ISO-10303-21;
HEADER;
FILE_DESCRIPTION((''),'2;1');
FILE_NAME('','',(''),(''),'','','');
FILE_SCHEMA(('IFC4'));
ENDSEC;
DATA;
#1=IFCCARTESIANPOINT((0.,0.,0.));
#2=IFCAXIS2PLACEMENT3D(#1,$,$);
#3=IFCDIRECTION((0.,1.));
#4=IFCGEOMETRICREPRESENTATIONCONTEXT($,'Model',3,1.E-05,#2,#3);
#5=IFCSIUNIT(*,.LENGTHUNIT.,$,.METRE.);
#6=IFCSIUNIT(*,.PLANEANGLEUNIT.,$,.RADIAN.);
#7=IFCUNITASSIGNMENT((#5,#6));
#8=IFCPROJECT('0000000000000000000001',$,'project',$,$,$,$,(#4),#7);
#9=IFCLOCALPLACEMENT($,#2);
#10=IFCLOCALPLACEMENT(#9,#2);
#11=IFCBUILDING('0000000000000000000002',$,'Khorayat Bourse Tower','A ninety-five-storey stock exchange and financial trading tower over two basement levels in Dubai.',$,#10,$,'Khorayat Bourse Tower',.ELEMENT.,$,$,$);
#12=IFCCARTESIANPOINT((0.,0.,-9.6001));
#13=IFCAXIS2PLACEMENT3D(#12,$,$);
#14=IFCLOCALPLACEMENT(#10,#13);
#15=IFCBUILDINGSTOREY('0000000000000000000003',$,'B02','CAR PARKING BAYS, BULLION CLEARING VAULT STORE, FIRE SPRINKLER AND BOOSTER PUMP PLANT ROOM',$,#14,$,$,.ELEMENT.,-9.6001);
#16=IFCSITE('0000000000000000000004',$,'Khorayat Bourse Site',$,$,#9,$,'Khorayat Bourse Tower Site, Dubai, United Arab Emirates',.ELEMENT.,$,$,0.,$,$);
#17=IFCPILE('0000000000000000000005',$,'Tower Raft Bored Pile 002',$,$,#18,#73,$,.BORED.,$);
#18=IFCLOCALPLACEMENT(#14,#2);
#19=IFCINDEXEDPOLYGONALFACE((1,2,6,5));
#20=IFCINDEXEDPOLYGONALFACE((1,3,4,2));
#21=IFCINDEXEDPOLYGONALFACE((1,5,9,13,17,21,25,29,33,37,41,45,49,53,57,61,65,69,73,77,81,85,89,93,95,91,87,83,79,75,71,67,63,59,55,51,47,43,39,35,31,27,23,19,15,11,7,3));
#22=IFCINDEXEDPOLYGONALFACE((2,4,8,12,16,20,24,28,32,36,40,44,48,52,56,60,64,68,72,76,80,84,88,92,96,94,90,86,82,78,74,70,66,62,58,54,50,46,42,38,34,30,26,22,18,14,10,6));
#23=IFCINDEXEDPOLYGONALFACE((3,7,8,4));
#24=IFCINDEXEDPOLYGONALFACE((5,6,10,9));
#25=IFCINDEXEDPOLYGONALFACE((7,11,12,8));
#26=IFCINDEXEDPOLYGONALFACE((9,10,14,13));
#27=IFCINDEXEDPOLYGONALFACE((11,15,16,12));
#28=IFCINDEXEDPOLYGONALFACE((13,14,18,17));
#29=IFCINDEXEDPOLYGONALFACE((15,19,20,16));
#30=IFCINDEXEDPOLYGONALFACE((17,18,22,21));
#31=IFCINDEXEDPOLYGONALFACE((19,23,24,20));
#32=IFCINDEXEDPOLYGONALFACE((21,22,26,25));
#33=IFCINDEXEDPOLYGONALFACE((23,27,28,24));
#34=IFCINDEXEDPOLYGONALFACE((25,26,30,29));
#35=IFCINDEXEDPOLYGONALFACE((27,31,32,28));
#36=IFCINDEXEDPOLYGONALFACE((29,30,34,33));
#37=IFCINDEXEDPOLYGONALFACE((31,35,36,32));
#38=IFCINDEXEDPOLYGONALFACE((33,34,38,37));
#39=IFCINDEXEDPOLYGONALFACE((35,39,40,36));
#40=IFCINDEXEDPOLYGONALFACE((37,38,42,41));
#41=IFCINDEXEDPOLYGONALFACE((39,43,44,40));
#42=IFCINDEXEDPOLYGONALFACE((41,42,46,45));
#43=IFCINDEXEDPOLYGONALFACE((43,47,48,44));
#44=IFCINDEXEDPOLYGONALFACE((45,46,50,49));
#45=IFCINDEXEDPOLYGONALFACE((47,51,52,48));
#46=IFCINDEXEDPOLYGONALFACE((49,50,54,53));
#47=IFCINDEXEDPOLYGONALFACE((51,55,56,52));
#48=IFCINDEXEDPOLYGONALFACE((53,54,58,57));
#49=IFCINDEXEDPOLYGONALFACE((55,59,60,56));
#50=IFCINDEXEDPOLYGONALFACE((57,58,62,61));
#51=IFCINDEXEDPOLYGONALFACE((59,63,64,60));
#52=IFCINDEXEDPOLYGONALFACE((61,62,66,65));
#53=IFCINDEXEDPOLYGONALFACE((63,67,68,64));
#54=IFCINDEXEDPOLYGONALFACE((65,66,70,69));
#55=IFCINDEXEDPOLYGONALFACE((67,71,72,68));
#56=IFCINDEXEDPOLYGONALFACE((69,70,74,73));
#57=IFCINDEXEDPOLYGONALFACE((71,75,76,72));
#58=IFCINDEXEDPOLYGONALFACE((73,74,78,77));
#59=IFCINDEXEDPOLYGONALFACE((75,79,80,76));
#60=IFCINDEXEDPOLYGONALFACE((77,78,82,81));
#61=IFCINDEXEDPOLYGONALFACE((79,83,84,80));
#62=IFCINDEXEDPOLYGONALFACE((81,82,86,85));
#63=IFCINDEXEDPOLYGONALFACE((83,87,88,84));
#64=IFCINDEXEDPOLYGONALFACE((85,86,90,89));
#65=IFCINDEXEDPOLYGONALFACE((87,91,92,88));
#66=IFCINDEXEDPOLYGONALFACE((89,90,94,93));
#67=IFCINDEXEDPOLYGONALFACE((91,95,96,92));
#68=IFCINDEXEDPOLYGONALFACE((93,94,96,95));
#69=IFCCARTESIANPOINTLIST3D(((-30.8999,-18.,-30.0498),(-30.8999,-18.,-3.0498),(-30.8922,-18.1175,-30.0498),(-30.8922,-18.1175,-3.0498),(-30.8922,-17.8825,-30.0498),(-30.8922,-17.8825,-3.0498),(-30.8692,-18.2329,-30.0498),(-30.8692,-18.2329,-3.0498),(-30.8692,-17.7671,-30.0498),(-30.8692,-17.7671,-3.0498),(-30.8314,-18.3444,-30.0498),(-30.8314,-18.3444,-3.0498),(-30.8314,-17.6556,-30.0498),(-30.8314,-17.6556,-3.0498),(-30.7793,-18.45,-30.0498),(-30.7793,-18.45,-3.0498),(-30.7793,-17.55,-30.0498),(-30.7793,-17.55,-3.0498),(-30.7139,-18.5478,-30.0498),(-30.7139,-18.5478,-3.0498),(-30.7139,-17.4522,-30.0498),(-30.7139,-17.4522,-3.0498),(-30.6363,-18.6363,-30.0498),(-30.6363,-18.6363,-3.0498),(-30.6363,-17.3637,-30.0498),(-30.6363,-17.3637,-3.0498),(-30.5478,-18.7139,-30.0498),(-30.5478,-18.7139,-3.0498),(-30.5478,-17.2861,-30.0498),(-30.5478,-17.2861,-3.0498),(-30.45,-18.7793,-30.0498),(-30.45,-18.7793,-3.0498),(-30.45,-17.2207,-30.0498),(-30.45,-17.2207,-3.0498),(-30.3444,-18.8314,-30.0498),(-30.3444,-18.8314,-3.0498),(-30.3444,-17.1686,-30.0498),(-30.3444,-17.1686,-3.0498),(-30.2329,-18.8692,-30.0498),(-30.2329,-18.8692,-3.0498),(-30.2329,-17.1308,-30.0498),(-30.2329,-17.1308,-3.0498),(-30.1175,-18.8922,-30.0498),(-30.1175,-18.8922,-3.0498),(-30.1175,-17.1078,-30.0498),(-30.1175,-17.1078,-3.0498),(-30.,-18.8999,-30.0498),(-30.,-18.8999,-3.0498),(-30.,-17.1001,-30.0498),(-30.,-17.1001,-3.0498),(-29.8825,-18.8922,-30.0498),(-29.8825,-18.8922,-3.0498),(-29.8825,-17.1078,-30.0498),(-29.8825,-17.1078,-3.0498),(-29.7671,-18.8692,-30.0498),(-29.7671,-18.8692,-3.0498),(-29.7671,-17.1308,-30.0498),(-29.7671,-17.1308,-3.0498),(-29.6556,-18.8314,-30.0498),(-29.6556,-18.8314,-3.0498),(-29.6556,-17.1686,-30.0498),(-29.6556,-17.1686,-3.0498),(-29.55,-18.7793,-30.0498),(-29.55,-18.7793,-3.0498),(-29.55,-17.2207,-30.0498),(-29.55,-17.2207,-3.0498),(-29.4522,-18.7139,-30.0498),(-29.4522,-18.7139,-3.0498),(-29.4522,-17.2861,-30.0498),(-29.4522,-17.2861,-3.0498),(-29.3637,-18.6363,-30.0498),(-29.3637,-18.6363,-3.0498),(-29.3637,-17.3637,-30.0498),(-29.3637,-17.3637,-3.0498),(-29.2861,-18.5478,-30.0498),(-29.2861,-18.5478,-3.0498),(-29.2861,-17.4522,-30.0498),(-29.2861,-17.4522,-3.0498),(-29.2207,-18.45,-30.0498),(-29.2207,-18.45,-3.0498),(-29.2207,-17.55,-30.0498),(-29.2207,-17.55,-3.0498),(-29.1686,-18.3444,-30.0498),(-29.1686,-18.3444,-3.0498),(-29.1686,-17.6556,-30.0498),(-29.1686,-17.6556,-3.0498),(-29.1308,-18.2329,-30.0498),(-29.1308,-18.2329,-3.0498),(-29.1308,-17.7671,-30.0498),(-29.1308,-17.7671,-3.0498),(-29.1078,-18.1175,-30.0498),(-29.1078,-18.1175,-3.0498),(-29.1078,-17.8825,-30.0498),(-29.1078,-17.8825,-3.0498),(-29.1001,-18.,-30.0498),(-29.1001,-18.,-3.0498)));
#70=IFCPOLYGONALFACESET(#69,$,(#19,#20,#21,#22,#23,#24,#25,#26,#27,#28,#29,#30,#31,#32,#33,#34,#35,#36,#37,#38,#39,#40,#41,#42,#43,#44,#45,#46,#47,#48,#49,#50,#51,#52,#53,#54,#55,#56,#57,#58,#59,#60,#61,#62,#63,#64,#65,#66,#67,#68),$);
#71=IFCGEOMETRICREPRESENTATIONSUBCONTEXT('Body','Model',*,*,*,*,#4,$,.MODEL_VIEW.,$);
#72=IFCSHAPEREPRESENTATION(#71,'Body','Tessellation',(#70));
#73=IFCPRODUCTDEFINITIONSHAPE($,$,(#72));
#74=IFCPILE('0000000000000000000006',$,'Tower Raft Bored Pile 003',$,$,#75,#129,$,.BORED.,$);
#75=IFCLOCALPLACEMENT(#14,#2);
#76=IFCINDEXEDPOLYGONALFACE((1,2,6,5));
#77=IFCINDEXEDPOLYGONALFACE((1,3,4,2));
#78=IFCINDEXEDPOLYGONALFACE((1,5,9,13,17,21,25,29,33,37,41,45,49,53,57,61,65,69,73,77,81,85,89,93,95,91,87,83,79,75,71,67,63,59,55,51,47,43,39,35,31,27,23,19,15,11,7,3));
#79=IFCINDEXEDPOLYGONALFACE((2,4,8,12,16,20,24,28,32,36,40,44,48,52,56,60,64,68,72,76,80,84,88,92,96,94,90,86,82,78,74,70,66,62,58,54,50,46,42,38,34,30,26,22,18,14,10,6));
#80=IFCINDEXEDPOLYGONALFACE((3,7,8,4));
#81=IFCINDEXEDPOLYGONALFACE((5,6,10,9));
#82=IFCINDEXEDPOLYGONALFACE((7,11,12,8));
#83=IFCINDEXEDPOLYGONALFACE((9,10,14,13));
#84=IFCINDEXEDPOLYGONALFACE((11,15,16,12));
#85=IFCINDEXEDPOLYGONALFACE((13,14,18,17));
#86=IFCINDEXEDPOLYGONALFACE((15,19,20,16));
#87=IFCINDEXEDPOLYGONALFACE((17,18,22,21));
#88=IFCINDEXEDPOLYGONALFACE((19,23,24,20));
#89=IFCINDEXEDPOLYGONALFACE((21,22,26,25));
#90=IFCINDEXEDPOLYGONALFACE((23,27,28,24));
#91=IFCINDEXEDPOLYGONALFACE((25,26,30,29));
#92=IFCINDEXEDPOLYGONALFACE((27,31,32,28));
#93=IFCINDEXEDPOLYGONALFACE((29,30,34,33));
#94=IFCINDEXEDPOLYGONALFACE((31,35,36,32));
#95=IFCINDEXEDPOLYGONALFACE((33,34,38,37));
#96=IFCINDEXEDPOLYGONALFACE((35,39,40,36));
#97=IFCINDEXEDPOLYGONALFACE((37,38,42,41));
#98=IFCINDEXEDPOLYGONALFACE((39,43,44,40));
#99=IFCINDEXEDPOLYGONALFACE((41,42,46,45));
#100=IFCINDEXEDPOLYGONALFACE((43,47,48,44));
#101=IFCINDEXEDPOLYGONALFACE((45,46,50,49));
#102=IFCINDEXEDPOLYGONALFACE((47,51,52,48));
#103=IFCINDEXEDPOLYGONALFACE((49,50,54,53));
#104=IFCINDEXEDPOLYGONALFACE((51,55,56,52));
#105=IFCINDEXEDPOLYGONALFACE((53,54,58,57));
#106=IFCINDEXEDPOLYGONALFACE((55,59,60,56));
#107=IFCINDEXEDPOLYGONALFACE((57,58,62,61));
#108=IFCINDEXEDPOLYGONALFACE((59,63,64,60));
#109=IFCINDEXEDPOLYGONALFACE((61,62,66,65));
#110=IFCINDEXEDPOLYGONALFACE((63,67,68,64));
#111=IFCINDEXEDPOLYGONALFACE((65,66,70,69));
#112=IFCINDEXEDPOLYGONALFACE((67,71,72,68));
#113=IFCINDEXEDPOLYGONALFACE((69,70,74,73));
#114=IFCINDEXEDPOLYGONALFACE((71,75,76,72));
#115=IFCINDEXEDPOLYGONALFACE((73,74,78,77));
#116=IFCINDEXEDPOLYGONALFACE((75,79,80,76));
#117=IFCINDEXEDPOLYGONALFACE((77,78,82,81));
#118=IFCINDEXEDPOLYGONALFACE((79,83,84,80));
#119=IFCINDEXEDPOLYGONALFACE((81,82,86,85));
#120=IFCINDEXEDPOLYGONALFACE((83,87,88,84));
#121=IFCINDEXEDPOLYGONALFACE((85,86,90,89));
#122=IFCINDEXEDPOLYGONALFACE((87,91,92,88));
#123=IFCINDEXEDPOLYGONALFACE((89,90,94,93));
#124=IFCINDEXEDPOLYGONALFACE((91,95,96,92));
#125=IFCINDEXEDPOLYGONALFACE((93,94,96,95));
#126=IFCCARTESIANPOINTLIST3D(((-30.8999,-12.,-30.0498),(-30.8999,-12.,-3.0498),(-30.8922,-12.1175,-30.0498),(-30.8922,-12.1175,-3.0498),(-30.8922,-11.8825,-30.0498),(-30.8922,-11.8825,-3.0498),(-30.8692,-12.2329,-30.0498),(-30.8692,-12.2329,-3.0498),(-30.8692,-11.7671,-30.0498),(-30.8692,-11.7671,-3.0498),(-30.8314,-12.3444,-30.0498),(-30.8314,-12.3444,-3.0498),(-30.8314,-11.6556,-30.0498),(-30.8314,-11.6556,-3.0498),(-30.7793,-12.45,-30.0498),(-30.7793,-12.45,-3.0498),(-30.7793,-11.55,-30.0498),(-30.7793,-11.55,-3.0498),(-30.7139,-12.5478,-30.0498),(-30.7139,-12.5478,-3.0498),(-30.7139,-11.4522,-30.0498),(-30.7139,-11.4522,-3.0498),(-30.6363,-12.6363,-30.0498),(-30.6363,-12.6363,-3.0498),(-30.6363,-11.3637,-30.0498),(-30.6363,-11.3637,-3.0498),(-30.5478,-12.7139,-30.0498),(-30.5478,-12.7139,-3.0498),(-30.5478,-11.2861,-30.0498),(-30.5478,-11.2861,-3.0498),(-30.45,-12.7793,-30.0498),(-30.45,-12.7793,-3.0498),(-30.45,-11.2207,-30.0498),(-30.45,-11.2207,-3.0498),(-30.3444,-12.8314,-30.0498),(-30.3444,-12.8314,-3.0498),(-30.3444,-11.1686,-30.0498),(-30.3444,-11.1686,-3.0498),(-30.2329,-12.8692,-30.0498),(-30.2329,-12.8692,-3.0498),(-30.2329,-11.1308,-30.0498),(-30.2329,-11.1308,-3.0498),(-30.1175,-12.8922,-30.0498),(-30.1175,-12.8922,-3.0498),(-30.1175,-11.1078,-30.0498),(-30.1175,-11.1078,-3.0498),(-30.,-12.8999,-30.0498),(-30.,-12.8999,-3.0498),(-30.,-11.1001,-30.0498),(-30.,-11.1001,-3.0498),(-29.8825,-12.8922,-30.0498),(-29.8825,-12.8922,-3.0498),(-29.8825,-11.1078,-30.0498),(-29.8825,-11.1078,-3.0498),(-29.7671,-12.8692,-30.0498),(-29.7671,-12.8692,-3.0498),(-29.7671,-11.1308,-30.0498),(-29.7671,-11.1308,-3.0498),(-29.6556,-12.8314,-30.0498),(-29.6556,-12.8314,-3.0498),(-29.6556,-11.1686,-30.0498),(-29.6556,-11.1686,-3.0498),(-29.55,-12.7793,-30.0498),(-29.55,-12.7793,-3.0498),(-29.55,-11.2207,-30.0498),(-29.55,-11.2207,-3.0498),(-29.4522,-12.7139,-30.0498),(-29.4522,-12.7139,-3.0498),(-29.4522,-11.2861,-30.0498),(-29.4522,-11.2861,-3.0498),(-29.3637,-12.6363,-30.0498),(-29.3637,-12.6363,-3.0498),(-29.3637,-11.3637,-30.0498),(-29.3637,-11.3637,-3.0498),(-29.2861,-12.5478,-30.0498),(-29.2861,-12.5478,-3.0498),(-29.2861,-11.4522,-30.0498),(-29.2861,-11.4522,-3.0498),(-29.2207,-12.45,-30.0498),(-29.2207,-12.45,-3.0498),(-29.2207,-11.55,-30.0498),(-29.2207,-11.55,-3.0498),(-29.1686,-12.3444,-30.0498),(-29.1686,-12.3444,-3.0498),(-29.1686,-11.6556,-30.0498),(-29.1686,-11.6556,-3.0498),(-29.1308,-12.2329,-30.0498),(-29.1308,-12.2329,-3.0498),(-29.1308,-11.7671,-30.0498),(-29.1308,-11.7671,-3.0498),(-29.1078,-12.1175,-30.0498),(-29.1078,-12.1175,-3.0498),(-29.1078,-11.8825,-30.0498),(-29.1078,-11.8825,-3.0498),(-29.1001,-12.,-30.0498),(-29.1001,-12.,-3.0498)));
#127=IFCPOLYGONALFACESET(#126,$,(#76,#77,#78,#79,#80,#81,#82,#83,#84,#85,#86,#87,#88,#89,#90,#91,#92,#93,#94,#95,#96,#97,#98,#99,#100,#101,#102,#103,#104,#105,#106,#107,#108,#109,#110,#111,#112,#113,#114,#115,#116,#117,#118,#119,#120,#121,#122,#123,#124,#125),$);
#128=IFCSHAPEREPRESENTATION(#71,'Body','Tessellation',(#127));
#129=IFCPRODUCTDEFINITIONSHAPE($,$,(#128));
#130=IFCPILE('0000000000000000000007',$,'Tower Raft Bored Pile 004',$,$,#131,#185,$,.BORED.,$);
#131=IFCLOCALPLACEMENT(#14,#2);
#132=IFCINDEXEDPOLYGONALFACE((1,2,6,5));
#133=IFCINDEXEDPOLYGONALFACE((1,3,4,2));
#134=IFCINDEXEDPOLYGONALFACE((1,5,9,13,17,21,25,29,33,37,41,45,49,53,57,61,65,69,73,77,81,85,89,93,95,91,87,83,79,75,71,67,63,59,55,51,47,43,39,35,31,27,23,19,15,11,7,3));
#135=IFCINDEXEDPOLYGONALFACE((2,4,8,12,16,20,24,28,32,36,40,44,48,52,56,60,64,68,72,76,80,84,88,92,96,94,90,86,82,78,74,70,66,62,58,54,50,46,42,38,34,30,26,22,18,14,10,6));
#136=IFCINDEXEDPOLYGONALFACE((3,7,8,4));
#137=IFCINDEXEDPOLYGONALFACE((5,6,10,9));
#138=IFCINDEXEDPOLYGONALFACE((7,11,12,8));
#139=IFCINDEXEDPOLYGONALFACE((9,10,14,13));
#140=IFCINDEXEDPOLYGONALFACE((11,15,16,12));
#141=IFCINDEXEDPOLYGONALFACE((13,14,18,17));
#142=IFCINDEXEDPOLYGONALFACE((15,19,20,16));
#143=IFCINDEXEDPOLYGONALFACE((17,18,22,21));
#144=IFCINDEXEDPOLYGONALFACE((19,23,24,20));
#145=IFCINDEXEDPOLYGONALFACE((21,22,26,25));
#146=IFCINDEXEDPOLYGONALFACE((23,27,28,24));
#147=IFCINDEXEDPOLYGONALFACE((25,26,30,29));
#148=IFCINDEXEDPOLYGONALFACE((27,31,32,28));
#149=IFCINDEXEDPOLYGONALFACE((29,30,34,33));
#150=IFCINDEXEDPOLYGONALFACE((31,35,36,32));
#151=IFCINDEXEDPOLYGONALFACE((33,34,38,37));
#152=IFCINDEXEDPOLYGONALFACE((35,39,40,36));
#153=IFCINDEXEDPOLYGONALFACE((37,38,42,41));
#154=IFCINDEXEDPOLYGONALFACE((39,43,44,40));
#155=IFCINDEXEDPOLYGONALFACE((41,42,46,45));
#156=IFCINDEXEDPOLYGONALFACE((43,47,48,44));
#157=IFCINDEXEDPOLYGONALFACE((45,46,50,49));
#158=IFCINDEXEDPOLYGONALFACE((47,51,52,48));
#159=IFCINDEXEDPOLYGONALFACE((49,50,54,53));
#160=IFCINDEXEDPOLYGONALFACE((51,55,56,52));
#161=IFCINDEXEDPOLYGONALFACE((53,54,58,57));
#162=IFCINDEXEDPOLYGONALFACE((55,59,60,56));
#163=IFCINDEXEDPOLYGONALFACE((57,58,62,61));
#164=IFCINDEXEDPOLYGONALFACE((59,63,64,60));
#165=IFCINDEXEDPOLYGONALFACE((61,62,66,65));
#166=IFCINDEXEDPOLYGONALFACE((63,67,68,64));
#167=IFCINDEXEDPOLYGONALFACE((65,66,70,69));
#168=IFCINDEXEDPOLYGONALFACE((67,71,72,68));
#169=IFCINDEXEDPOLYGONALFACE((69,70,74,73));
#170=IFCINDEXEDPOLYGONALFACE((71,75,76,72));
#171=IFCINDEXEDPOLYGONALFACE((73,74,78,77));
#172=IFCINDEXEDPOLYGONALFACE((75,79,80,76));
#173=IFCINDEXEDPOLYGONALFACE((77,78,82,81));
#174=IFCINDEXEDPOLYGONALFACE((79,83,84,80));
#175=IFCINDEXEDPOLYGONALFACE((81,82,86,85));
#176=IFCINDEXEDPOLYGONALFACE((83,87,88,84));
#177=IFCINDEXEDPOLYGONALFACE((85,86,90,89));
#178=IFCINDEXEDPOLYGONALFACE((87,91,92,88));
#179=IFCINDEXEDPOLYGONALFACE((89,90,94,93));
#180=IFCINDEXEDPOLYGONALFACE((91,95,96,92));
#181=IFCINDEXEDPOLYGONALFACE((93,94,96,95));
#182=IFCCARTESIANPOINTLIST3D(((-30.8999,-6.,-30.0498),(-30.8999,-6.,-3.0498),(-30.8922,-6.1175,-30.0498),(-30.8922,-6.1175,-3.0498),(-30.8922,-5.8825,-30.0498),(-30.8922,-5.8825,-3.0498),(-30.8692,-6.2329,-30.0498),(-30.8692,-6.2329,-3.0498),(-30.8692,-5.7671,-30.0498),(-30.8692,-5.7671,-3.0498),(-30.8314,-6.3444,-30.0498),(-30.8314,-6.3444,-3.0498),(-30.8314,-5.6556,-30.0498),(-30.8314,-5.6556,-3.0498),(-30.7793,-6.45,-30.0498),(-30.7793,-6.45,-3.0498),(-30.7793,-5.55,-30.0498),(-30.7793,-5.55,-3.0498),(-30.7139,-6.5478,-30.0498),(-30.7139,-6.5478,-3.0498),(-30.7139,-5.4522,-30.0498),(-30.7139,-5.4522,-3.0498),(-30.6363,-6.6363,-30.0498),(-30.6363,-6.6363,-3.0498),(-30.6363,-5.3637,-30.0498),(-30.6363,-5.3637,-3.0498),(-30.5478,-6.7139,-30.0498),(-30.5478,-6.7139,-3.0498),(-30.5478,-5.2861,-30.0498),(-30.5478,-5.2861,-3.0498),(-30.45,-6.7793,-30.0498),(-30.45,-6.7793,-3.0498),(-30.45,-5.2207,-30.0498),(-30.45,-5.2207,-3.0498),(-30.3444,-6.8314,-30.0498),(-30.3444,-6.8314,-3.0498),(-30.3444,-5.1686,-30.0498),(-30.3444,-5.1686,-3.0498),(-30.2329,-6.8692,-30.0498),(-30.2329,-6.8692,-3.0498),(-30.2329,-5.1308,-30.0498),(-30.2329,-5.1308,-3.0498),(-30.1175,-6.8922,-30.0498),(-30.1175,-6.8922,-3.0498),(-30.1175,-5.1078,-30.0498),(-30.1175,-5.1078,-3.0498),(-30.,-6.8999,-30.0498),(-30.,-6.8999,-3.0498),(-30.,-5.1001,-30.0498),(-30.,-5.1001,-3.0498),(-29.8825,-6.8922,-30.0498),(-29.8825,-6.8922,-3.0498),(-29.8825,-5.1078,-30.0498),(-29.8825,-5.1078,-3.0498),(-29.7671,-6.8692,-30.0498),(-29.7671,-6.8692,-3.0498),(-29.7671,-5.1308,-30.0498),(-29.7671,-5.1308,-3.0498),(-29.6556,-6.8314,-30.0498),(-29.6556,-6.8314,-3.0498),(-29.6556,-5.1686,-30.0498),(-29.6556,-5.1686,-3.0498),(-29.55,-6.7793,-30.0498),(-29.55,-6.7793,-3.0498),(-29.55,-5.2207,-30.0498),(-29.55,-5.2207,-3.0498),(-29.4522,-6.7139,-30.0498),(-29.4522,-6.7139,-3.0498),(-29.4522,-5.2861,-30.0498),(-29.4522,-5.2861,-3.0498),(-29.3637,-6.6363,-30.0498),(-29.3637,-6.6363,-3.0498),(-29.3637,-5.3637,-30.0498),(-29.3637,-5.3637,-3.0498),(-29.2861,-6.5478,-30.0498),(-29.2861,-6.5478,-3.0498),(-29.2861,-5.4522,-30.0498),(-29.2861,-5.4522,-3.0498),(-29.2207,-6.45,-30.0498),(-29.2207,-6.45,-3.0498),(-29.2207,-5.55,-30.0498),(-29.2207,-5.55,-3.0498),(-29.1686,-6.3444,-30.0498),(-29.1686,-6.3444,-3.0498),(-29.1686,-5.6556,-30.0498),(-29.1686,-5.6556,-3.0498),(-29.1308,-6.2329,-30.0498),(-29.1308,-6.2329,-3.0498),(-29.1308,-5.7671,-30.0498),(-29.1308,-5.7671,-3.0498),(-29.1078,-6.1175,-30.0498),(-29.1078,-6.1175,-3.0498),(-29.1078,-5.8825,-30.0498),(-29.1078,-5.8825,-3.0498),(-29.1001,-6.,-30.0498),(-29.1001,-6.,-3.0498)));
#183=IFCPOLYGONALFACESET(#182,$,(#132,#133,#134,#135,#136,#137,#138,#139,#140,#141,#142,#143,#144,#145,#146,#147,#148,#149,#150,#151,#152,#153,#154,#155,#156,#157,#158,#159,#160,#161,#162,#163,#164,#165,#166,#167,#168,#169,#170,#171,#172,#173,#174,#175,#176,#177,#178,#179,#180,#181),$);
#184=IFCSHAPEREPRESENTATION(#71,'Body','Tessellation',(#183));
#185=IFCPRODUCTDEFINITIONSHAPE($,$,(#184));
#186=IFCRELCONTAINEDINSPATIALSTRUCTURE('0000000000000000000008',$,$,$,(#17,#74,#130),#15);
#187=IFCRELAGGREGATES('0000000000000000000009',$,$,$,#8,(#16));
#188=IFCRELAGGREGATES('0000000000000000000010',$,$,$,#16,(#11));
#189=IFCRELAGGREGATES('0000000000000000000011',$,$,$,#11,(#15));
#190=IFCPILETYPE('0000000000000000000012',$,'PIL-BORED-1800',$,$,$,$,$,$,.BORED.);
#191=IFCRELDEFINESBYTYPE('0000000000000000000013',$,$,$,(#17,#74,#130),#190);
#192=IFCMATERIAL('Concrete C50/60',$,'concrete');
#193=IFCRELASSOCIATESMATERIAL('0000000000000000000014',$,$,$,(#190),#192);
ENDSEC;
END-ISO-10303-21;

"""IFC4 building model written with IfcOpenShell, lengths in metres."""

from ifc_helpers import new_model, si_unit, direction, frame, origin, origin_2d, place, context, subcontext, project, spatial, circle, extrude, source, transform, mapped, material, material_profile, profile_set, type_object, element, save


model = new_model("IFC4")

# Units and contexts
model_context = context("Model", 3, precision=1e-05, world=origin(), true_north=direction((0.0, 1.0)))
body_context = subcontext(model_context, "Body", "Model", "MODEL_VIEW")
ifc_project = project(units=[si_unit("LENGTHUNIT", "METRE"), si_unit("PLANEANGLEUNIT", "RADIAN")], contexts=[model_context])

# Site, building, storey
site_placement = place(None, origin())
site = spatial("IfcSite", under=ifc_project, at=site_placement, Name="Khorayat Bourse Site", LongName="Khorayat Bourse Tower Site, Dubai, United Arab Emirates", CompositionType="ELEMENT", RefElevation=0.0)
building_placement = place(site_placement, origin())
building = spatial("IfcBuilding", under=site, at=building_placement, Name="Khorayat Bourse Tower", Description="A ninety-five-storey stock exchange and financial trading tower over two basement levels in Dubai.", LongName="Khorayat Bourse Tower", CompositionType="ELEMENT")
storey_placement = place(building_placement, frame((0.0, 0.0, -9.6001)))
storey = spatial("IfcBuildingStorey", under=building, at=storey_placement, Name="B02", Description="CAR PARKING BAYS, BULLION CLEARING VAULT STORE, FIRE SPRINKLER AND BOOSTER PUMP PLANT ROOM", CompositionType="ELEMENT", Elevation=-9.6001)

# Piles
ifc_material_1 = material(Name="Concrete C50/60", Category="concrete")
ifc_material_profile_1 = material_profile(ifc_material_1, circle(Radius=0.8999, at=origin_2d()), Name="BORED PILE D1800")
ifc_profile_set_1 = profile_set([ifc_material_profile_1], Name="Concrete C50/60")
pile_type_1 = type_object("IfcPileType", Name="PIL-BORED-1800", PredefinedType="BORED", material=ifc_profile_set_1)
shared_shape_1 = source(origin(), body_context, "Body", "SweptSolid", [
    extrude(circle(Radius=0.8999, at=origin_2d()), origin(), (0.0, 0.0, 1.0), 27.0),
])
for number, where, z_axis, x_axis, name in (
    (1, (-30.0, -18.0, -3.0498), (0.0, 0.0, -1.0), (1.0, 0.0, 0.0), "Tower Raft Bored Pile 002"),
    (2, (-30.0, -12.0, -3.0498), (0.0, 0.0, -1.0), (1.0, 0.0, 0.0), "Tower Raft Bored Pile 003"),
    (3, (-30.0, -6.0, -3.0498), (0.0, 0.0, -1.0), (1.0, 0.0, 0.0), "Tower Raft Bored Pile 004"),
):
    element("IfcPile", number, at=place(storey_placement, frame(where, z_axis=z_axis, x_axis=x_axis)), inside=storey, type_object=pile_type_1, Name=name, PredefinedType="BORED", context=body_context, shape_type="MappedRepresentation", body=[
        mapped(shared_shape_1, transform((0.0, 0.0, 0.0), scale=1.0)),
    ])

save(model, "model.ifc")
